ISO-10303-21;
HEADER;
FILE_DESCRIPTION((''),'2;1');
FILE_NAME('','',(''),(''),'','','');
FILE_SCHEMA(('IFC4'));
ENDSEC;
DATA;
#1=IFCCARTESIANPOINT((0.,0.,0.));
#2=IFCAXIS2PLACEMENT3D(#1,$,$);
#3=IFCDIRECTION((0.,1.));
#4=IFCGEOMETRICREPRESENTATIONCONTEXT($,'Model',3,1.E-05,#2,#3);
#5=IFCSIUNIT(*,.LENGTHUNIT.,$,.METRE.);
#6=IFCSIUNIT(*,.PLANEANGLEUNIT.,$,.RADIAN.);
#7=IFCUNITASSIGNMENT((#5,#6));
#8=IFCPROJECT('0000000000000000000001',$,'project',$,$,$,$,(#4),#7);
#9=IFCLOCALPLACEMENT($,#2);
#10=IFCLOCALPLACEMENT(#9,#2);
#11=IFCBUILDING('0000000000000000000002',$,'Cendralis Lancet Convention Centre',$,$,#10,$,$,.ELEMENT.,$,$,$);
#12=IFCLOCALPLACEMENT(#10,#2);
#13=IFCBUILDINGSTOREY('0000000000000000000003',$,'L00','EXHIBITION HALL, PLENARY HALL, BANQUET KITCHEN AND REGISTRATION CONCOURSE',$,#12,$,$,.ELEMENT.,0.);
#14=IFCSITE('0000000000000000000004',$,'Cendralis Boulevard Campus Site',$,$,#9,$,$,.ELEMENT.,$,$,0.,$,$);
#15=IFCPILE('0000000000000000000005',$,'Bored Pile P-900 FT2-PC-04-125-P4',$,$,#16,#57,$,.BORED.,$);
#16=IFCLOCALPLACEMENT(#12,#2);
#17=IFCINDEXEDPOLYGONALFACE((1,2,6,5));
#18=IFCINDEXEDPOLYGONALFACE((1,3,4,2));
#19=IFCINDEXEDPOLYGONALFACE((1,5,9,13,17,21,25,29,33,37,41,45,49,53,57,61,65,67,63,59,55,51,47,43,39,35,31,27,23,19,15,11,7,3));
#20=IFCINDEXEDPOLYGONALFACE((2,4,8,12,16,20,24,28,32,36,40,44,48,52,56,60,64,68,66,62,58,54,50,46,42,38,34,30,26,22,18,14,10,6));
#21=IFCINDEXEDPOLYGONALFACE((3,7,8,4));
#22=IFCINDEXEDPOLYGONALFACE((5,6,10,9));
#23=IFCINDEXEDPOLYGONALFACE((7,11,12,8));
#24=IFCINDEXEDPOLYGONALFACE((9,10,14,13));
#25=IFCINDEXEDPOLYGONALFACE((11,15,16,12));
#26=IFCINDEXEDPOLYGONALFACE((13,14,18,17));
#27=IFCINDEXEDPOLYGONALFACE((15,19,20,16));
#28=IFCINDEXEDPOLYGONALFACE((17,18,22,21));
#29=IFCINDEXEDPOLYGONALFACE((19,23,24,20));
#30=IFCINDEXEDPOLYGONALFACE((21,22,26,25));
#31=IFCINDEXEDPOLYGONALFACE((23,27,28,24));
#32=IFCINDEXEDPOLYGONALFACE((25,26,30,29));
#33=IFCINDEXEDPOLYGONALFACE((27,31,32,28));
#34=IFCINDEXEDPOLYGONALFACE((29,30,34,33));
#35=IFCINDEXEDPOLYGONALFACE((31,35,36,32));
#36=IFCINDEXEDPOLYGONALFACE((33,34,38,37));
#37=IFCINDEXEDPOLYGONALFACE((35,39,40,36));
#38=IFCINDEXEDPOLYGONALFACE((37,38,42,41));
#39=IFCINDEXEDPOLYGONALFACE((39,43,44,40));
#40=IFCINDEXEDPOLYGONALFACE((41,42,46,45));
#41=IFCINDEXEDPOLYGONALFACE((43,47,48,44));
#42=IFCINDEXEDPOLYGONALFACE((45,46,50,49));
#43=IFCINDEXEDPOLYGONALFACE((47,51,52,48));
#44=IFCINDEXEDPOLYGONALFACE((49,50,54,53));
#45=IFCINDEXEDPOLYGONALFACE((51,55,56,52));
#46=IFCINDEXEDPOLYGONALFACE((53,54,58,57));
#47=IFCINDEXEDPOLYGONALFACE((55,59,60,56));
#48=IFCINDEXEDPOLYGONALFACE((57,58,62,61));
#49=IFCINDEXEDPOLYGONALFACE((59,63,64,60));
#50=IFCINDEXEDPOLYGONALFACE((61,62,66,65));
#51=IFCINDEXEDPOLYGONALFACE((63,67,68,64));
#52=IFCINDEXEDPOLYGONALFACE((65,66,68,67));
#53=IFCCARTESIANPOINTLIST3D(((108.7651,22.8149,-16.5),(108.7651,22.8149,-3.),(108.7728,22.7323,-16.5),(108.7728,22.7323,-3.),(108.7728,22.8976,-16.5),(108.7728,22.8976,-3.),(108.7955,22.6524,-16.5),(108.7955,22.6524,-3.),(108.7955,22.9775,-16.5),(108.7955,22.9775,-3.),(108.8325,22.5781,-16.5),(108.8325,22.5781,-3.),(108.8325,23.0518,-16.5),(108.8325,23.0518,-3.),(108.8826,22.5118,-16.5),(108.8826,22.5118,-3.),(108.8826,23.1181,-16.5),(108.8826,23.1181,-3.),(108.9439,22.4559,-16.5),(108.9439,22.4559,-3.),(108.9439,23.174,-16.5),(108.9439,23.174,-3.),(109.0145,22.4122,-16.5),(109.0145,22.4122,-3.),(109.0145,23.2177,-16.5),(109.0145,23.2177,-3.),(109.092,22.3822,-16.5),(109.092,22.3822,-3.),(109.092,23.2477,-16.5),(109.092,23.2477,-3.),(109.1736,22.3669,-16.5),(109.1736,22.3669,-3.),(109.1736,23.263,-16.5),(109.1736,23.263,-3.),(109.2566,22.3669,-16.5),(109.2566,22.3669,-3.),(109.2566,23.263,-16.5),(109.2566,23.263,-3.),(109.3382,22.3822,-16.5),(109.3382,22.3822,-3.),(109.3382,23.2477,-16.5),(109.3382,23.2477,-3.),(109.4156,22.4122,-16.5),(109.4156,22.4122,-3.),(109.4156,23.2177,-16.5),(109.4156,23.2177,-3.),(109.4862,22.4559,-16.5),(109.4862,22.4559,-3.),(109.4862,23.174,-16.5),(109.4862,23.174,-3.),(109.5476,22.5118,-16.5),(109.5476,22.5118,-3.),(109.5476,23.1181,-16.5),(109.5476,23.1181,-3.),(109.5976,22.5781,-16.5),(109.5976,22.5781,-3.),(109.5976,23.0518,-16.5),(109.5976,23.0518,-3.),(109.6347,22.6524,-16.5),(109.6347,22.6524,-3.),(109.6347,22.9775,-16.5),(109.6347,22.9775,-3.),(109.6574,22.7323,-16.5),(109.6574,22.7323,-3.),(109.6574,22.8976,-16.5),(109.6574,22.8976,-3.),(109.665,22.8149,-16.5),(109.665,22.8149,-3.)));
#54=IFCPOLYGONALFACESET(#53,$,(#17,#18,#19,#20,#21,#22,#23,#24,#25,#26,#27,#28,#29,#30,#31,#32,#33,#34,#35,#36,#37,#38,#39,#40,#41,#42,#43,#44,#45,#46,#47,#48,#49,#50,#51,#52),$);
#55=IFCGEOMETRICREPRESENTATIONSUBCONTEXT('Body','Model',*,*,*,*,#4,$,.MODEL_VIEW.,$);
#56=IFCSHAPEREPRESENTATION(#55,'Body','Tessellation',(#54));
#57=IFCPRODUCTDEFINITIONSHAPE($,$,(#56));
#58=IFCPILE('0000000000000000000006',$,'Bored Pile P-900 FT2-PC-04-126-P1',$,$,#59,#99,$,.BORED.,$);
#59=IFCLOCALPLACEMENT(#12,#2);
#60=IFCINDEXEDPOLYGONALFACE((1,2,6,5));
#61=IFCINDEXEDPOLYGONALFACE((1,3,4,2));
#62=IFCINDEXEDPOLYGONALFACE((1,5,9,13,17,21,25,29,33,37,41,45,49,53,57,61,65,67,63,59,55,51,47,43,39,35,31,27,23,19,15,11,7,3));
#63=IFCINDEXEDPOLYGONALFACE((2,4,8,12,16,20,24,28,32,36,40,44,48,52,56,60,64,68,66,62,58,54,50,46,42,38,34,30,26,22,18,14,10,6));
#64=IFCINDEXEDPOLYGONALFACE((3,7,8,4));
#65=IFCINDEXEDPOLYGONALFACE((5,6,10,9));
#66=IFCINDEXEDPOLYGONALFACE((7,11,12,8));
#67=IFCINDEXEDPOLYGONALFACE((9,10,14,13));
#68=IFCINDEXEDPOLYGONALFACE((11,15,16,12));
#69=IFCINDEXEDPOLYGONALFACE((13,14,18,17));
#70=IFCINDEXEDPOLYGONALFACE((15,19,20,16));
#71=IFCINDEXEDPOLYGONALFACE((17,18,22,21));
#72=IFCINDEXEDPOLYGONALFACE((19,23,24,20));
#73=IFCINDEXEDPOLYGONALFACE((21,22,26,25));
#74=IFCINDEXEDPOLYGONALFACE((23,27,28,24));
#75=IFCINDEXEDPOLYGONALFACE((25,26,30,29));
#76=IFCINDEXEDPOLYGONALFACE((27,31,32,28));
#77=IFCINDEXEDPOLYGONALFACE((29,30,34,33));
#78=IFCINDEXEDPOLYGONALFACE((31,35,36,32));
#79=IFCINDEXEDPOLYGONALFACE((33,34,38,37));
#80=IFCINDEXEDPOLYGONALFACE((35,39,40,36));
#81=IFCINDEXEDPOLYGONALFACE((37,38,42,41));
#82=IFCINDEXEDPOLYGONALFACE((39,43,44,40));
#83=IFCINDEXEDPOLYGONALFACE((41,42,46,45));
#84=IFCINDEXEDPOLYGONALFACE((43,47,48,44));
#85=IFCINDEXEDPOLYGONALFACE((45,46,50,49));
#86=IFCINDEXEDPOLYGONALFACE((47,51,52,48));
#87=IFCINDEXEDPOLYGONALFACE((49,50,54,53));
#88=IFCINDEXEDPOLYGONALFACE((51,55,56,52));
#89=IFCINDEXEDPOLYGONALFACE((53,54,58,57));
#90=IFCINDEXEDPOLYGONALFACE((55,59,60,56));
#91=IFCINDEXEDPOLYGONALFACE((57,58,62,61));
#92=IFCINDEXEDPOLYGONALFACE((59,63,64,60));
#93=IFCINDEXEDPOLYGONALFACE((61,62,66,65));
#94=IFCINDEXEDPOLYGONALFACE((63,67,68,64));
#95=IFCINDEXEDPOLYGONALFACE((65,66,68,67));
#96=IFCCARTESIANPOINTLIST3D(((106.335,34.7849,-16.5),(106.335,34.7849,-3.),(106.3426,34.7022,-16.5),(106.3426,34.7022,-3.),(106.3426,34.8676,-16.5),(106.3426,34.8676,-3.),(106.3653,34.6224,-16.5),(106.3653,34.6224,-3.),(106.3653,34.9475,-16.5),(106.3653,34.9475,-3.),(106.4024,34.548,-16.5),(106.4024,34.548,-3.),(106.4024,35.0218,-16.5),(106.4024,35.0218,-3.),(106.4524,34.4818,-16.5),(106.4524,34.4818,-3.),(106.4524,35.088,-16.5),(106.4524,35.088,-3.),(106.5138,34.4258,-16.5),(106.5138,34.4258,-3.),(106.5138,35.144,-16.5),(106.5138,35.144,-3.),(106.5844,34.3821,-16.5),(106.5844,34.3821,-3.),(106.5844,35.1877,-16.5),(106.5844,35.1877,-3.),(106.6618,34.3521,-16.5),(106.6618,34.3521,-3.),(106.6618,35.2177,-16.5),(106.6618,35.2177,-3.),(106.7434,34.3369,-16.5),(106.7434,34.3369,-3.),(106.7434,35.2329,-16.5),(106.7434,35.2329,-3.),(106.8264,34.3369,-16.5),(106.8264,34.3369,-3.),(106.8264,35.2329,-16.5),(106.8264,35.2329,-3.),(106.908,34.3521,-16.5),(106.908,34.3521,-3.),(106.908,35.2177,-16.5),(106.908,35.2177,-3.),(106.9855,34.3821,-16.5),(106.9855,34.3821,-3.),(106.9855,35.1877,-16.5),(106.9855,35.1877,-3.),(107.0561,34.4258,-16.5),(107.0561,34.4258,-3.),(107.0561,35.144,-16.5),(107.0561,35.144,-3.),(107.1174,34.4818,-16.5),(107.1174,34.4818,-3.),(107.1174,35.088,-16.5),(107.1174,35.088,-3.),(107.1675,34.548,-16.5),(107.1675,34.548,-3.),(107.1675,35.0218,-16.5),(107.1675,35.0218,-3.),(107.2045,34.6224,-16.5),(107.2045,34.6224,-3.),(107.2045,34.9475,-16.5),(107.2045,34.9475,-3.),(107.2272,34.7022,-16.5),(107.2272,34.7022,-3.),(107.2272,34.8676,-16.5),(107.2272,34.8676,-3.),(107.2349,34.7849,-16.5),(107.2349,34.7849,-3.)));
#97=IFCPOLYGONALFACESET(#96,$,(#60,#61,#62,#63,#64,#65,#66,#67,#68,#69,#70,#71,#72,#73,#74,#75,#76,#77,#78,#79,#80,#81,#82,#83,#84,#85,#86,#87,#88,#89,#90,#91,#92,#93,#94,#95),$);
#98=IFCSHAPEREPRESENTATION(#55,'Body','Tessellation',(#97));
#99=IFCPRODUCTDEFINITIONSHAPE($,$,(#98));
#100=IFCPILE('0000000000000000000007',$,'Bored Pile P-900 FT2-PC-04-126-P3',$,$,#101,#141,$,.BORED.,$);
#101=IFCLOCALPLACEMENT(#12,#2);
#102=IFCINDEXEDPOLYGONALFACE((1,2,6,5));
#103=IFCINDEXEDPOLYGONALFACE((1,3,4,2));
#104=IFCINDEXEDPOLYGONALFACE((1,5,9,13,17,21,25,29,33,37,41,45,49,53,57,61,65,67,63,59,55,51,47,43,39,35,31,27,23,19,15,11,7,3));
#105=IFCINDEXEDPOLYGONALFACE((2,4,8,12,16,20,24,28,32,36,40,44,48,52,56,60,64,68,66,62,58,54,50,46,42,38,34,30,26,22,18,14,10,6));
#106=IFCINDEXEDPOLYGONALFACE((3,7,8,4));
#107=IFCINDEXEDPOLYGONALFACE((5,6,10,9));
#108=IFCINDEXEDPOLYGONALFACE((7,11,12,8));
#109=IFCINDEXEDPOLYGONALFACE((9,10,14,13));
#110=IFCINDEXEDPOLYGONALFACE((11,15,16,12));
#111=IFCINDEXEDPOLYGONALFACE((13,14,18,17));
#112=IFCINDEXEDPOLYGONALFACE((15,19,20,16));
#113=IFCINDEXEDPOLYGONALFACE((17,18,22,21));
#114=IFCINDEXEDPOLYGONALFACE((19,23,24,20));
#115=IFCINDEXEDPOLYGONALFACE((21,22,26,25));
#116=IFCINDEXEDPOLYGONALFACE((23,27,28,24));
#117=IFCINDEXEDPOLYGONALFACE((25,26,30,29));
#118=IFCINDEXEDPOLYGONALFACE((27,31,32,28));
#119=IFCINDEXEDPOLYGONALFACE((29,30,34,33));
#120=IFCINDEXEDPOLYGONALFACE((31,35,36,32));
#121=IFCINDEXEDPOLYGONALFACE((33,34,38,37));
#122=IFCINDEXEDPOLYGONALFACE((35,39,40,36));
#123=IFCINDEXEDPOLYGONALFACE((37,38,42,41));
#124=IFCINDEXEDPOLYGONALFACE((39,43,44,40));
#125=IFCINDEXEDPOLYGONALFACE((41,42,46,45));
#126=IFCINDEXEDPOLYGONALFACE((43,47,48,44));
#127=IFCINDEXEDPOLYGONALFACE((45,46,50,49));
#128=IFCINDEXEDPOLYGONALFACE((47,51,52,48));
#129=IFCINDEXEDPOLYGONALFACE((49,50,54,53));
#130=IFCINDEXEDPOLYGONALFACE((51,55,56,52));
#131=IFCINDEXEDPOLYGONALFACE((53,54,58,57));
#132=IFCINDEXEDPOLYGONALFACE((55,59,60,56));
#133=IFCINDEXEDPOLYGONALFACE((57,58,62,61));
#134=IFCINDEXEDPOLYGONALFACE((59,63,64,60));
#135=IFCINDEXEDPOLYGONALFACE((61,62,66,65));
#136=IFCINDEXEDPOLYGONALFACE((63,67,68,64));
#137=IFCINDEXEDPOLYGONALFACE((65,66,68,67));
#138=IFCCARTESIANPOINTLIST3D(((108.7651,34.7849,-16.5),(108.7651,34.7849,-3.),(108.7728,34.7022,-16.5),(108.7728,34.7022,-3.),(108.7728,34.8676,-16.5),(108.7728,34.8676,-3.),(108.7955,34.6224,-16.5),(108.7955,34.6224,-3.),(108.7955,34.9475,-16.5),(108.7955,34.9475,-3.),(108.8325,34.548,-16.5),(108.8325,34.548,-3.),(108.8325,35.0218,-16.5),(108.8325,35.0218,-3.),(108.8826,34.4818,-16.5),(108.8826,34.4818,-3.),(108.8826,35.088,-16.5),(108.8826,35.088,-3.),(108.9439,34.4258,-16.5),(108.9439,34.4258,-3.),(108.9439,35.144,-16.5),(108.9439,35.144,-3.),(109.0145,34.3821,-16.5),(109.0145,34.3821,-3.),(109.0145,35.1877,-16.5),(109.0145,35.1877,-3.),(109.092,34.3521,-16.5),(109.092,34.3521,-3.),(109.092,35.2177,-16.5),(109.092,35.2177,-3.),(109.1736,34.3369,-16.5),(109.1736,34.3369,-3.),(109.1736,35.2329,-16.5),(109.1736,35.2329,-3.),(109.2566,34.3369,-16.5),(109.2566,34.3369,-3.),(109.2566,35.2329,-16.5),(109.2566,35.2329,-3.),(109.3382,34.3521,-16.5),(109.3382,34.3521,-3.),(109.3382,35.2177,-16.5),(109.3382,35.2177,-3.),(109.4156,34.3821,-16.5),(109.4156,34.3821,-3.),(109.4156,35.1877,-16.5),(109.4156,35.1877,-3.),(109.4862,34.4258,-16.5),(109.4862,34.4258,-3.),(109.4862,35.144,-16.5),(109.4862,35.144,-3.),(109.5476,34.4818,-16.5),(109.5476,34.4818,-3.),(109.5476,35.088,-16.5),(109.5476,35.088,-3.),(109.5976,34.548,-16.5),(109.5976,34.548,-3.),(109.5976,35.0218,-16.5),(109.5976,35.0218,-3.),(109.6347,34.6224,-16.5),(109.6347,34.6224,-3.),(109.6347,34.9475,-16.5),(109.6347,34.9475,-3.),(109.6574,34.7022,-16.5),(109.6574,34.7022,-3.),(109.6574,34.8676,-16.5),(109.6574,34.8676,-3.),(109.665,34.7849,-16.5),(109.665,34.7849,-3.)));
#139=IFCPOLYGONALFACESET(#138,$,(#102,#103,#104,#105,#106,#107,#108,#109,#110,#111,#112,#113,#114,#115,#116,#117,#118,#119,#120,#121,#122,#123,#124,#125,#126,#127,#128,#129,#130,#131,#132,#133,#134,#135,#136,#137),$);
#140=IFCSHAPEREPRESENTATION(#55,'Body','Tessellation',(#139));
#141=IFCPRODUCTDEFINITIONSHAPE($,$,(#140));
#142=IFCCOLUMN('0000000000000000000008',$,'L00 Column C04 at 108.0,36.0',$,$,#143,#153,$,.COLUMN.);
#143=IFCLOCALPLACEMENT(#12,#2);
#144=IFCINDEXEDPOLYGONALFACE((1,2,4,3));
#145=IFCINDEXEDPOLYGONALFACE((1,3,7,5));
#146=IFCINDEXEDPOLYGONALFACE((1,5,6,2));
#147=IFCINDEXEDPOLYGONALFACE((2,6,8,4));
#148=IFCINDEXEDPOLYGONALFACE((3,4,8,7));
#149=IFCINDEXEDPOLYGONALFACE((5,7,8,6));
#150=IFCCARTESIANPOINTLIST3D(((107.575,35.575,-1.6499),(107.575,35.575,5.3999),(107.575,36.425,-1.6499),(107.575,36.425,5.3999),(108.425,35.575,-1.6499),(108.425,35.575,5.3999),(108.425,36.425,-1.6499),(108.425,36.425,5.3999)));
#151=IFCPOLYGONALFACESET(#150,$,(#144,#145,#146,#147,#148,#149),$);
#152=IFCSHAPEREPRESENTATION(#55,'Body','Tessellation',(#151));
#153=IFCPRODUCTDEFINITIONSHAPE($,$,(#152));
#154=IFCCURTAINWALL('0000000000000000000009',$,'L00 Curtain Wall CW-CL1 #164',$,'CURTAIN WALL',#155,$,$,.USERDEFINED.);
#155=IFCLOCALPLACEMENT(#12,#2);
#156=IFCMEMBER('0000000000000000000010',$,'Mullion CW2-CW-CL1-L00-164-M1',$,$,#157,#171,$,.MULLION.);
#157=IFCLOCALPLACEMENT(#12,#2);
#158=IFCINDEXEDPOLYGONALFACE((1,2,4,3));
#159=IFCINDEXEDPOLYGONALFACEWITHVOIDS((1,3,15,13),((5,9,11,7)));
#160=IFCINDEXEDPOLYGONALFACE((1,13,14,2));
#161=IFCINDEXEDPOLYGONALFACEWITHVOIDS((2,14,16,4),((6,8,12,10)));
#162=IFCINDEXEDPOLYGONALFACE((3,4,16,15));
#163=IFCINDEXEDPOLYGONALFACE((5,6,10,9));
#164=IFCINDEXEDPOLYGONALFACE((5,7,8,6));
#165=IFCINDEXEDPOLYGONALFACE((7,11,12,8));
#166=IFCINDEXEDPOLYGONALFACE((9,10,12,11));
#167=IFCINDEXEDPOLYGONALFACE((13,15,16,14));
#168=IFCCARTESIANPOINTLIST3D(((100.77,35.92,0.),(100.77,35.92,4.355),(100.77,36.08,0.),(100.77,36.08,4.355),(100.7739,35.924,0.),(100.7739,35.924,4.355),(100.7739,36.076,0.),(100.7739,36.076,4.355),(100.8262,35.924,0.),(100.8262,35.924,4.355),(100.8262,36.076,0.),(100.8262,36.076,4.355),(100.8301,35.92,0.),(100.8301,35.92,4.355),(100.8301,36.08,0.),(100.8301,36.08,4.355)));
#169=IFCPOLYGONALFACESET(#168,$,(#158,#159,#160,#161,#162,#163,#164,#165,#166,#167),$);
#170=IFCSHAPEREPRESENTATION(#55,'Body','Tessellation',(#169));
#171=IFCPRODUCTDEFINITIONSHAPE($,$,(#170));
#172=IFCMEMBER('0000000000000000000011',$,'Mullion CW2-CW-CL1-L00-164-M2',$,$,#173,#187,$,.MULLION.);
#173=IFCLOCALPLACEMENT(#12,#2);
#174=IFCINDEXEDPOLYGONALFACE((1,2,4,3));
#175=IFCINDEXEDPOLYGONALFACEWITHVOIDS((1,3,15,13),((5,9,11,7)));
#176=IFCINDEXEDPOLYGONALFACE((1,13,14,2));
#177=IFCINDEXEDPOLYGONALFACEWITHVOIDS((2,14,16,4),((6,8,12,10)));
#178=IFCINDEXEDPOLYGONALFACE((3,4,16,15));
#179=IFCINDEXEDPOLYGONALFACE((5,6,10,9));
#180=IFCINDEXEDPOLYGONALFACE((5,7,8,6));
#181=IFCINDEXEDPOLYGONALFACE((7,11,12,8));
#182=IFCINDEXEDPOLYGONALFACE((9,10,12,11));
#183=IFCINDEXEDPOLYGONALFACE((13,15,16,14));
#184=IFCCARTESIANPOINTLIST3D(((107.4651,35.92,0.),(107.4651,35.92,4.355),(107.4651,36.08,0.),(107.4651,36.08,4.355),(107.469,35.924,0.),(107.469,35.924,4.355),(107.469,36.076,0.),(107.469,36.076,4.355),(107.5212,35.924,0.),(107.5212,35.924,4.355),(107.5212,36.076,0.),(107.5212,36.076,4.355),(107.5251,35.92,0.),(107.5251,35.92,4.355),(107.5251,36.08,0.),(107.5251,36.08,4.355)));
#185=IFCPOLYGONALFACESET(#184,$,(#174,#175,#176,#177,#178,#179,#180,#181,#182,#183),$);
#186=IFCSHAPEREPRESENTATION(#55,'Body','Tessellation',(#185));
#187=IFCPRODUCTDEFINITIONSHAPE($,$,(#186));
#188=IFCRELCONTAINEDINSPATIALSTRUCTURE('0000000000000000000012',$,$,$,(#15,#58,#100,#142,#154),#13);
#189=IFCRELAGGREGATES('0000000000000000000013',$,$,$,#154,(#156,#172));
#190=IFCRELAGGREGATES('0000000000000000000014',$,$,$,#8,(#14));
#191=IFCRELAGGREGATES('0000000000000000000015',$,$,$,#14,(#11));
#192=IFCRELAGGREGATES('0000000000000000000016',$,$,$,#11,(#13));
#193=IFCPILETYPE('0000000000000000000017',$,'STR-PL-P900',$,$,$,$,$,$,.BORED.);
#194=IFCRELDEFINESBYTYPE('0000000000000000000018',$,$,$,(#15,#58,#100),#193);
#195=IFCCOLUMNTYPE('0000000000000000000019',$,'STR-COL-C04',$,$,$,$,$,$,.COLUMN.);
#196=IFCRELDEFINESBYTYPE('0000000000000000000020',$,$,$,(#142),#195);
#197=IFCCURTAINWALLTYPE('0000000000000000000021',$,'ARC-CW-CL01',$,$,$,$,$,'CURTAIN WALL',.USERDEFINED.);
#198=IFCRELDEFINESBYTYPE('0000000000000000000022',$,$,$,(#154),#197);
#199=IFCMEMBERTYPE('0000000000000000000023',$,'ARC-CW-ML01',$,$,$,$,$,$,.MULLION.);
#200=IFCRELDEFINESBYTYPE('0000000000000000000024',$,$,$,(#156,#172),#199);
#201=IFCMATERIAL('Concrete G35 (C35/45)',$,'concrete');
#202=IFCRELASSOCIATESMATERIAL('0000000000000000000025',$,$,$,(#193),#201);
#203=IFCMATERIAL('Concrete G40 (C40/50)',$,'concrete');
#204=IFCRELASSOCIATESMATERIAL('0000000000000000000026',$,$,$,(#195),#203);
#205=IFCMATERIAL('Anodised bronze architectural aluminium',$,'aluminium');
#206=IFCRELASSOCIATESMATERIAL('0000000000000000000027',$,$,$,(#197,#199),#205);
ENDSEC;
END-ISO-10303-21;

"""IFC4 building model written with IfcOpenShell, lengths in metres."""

from ifc_helpers import new_model, si_unit, direction, frame, origin, origin_2d, place, context, subcontext, project, spatial, rectangle, hollow_rectangle, circle, extrude, material, material_profile, profile_set, type_object, element, aggregate, save


model = new_model("IFC4")

# Units and contexts
model_context = context("Model", 3, precision=1e-05, world=origin(), true_north=direction((0.0, 1.0)))
body_context = subcontext(model_context, "Body", "Model", "MODEL_VIEW")
ifc_project = project(units=[si_unit("LENGTHUNIT", "METRE"), si_unit("PLANEANGLEUNIT", "RADIAN")], contexts=[model_context])

# Site, building, storey
site_placement = place(None, origin())
site = spatial("IfcSite", under=ifc_project, at=site_placement, Name="Cendralis Boulevard Campus Site", CompositionType="ELEMENT", RefElevation=0.0)
building_placement = place(site_placement, origin())
building = spatial("IfcBuilding", under=site, at=building_placement, Name="Cendralis Lancet Convention Centre", CompositionType="ELEMENT")
storey_placement = place(building_placement, origin())
storey = spatial("IfcBuildingStorey", under=building, at=storey_placement, Name="L00", Description="EXHIBITION HALL, PLENARY HALL, BANQUET KITCHEN AND REGISTRATION CONCOURSE", CompositionType="ELEMENT", Elevation=0.0)

# Shared definitions
ifc_material_1 = material(Name="Concrete G35 (C35/45)", Category="concrete")

# Piles
ifc_material_profile_1 = material_profile(ifc_material_1, circle(Radius=0.45, at=origin_2d()), Name="BORED PILE D900")
ifc_profile_set_1 = profile_set([ifc_material_profile_1], Name="Concrete G35 (C35/45)")
pile_type_1 = type_object("IfcPileType", Name="STR-PL-P900", PredefinedType="BORED", material=ifc_profile_set_1)
for number, where, z_axis, x_axis, name in (
    (1, (109.2151, 22.8149, -3.0), (0.0, 0.0, -1.0), (1.0, 0.0, 0.0), "Bored Pile P-900 FT2-PC-04-125-P4"),
    (2, (106.7849, 34.7849, -3.0), (0.0, 0.0, -1.0), (1.0, 0.0, 0.0), "Bored Pile P-900 FT2-PC-04-126-P1"),
    (3, (109.2151, 34.7849, -3.0), (0.0, 0.0, -1.0), (1.0, 0.0, 0.0), "Bored Pile P-900 FT2-PC-04-126-P3"),
):
    element("IfcPile", number, at=place(storey_placement, frame(where, z_axis=z_axis, x_axis=x_axis)), inside=storey, type_object=pile_type_1, Name=name, PredefinedType="BORED", context=body_context, shape_type="SweptSolid", body=[
        extrude(circle(Radius=0.45, at=origin_2d()), origin(), (0.0, 0.0, 1.0), 13.5),
    ])

# Column
ifc_material_2 = material(Name="Concrete G40 (C40/50)", Category="concrete")
ifc_material_profile_2 = material_profile(ifc_material_2, rectangle(XDim=0.8501, YDim=0.8501, at=origin_2d()), Name="RC 850x850")
ifc_profile_set_2 = profile_set([ifc_material_profile_2], Name="Concrete G40 (C40/50)")
column_type = type_object("IfcColumnType", Name="STR-COL-C04", PredefinedType="COLUMN", material=ifc_profile_set_2)
column_placement = place(storey_placement, frame((108.0, 36.0, -1.6499), z_axis=(0.0, 0.0, 1.0), x_axis=(1.0, 0.0, 0.0)))
element("IfcColumn", 4, at=column_placement, inside=storey, type_object=column_type, Name="L00 Column C04 at 108.0,36.0", PredefinedType="COLUMN", context=body_context, shape_type="SweptSolid", body=[
    extrude(rectangle(XDim=0.8501, YDim=0.8501, at=origin_2d()), origin(), (0.0, 0.0, 1.0), 7.0498),
])

# Curtain wall, members
ifc_material_3 = material(Name="Anodised bronze architectural aluminium", Category="aluminium")
curtain_wall_type = type_object("IfcCurtainWallType", Name="ARC-CW-CL01", ElementType="CURTAIN WALL", PredefinedType="USERDEFINED", material=ifc_material_3)
curtain_wall_placement = place(storey_placement, origin())
curtain_wall = element("IfcCurtainWall", 5, at=curtain_wall_placement, inside=storey, type_object=curtain_wall_type, Name="L00 Curtain Wall CW-CL1 #164", ObjectType="CURTAIN WALL", PredefinedType="USERDEFINED")
ifc_material_profile_3 = material_profile(ifc_material_3, hollow_rectangle(XDim=0.0601, YDim=0.1599, WallThickness=0.0039, at=origin_2d()), Name="AL-MULL 60x160x4.0")
ifc_profile_set_3 = profile_set([ifc_material_profile_3], Name="Anodised bronze architectural aluminium")
member_type_1 = type_object("IfcMemberType", Name="ARC-CW-ML01", PredefinedType="MULLION", material=ifc_profile_set_3)
member_1_placement = place(storey_placement, frame((100.8, 36.0, 0.0), z_axis=(0.0, 0.0, 1.0), x_axis=(1.0, 0.0, 0.0)))
member_1 = element("IfcMember", 6, at=member_1_placement, type_object=member_type_1, Name="Mullion CW2-CW-CL1-L00-164-M1", PredefinedType="MULLION", context=body_context, shape_type="SweptSolid", body=[
    extrude(hollow_rectangle(XDim=0.0601, YDim=0.1599, WallThickness=0.0039, at=origin_2d()), origin(), (0.0, 0.0, 1.0), 4.355),
])
member_2_placement = place(storey_placement, frame((107.4951, 36.0, 0.0), z_axis=(0.0, 0.0, 1.0), x_axis=(1.0, 0.0, 0.0)))
member_2 = element("IfcMember", 7, at=member_2_placement, type_object=member_type_1, Name="Mullion CW2-CW-CL1-L00-164-M2", PredefinedType="MULLION", context=body_context, shape_type="SweptSolid", body=[
    extrude(hollow_rectangle(XDim=0.0601, YDim=0.1599, WallThickness=0.0039, at=origin_2d()), origin(), (0.0, 0.0, 1.0), 4.355),
])

aggregate(curtain_wall, [member_1, member_2])

save(model, "model.ifc")
